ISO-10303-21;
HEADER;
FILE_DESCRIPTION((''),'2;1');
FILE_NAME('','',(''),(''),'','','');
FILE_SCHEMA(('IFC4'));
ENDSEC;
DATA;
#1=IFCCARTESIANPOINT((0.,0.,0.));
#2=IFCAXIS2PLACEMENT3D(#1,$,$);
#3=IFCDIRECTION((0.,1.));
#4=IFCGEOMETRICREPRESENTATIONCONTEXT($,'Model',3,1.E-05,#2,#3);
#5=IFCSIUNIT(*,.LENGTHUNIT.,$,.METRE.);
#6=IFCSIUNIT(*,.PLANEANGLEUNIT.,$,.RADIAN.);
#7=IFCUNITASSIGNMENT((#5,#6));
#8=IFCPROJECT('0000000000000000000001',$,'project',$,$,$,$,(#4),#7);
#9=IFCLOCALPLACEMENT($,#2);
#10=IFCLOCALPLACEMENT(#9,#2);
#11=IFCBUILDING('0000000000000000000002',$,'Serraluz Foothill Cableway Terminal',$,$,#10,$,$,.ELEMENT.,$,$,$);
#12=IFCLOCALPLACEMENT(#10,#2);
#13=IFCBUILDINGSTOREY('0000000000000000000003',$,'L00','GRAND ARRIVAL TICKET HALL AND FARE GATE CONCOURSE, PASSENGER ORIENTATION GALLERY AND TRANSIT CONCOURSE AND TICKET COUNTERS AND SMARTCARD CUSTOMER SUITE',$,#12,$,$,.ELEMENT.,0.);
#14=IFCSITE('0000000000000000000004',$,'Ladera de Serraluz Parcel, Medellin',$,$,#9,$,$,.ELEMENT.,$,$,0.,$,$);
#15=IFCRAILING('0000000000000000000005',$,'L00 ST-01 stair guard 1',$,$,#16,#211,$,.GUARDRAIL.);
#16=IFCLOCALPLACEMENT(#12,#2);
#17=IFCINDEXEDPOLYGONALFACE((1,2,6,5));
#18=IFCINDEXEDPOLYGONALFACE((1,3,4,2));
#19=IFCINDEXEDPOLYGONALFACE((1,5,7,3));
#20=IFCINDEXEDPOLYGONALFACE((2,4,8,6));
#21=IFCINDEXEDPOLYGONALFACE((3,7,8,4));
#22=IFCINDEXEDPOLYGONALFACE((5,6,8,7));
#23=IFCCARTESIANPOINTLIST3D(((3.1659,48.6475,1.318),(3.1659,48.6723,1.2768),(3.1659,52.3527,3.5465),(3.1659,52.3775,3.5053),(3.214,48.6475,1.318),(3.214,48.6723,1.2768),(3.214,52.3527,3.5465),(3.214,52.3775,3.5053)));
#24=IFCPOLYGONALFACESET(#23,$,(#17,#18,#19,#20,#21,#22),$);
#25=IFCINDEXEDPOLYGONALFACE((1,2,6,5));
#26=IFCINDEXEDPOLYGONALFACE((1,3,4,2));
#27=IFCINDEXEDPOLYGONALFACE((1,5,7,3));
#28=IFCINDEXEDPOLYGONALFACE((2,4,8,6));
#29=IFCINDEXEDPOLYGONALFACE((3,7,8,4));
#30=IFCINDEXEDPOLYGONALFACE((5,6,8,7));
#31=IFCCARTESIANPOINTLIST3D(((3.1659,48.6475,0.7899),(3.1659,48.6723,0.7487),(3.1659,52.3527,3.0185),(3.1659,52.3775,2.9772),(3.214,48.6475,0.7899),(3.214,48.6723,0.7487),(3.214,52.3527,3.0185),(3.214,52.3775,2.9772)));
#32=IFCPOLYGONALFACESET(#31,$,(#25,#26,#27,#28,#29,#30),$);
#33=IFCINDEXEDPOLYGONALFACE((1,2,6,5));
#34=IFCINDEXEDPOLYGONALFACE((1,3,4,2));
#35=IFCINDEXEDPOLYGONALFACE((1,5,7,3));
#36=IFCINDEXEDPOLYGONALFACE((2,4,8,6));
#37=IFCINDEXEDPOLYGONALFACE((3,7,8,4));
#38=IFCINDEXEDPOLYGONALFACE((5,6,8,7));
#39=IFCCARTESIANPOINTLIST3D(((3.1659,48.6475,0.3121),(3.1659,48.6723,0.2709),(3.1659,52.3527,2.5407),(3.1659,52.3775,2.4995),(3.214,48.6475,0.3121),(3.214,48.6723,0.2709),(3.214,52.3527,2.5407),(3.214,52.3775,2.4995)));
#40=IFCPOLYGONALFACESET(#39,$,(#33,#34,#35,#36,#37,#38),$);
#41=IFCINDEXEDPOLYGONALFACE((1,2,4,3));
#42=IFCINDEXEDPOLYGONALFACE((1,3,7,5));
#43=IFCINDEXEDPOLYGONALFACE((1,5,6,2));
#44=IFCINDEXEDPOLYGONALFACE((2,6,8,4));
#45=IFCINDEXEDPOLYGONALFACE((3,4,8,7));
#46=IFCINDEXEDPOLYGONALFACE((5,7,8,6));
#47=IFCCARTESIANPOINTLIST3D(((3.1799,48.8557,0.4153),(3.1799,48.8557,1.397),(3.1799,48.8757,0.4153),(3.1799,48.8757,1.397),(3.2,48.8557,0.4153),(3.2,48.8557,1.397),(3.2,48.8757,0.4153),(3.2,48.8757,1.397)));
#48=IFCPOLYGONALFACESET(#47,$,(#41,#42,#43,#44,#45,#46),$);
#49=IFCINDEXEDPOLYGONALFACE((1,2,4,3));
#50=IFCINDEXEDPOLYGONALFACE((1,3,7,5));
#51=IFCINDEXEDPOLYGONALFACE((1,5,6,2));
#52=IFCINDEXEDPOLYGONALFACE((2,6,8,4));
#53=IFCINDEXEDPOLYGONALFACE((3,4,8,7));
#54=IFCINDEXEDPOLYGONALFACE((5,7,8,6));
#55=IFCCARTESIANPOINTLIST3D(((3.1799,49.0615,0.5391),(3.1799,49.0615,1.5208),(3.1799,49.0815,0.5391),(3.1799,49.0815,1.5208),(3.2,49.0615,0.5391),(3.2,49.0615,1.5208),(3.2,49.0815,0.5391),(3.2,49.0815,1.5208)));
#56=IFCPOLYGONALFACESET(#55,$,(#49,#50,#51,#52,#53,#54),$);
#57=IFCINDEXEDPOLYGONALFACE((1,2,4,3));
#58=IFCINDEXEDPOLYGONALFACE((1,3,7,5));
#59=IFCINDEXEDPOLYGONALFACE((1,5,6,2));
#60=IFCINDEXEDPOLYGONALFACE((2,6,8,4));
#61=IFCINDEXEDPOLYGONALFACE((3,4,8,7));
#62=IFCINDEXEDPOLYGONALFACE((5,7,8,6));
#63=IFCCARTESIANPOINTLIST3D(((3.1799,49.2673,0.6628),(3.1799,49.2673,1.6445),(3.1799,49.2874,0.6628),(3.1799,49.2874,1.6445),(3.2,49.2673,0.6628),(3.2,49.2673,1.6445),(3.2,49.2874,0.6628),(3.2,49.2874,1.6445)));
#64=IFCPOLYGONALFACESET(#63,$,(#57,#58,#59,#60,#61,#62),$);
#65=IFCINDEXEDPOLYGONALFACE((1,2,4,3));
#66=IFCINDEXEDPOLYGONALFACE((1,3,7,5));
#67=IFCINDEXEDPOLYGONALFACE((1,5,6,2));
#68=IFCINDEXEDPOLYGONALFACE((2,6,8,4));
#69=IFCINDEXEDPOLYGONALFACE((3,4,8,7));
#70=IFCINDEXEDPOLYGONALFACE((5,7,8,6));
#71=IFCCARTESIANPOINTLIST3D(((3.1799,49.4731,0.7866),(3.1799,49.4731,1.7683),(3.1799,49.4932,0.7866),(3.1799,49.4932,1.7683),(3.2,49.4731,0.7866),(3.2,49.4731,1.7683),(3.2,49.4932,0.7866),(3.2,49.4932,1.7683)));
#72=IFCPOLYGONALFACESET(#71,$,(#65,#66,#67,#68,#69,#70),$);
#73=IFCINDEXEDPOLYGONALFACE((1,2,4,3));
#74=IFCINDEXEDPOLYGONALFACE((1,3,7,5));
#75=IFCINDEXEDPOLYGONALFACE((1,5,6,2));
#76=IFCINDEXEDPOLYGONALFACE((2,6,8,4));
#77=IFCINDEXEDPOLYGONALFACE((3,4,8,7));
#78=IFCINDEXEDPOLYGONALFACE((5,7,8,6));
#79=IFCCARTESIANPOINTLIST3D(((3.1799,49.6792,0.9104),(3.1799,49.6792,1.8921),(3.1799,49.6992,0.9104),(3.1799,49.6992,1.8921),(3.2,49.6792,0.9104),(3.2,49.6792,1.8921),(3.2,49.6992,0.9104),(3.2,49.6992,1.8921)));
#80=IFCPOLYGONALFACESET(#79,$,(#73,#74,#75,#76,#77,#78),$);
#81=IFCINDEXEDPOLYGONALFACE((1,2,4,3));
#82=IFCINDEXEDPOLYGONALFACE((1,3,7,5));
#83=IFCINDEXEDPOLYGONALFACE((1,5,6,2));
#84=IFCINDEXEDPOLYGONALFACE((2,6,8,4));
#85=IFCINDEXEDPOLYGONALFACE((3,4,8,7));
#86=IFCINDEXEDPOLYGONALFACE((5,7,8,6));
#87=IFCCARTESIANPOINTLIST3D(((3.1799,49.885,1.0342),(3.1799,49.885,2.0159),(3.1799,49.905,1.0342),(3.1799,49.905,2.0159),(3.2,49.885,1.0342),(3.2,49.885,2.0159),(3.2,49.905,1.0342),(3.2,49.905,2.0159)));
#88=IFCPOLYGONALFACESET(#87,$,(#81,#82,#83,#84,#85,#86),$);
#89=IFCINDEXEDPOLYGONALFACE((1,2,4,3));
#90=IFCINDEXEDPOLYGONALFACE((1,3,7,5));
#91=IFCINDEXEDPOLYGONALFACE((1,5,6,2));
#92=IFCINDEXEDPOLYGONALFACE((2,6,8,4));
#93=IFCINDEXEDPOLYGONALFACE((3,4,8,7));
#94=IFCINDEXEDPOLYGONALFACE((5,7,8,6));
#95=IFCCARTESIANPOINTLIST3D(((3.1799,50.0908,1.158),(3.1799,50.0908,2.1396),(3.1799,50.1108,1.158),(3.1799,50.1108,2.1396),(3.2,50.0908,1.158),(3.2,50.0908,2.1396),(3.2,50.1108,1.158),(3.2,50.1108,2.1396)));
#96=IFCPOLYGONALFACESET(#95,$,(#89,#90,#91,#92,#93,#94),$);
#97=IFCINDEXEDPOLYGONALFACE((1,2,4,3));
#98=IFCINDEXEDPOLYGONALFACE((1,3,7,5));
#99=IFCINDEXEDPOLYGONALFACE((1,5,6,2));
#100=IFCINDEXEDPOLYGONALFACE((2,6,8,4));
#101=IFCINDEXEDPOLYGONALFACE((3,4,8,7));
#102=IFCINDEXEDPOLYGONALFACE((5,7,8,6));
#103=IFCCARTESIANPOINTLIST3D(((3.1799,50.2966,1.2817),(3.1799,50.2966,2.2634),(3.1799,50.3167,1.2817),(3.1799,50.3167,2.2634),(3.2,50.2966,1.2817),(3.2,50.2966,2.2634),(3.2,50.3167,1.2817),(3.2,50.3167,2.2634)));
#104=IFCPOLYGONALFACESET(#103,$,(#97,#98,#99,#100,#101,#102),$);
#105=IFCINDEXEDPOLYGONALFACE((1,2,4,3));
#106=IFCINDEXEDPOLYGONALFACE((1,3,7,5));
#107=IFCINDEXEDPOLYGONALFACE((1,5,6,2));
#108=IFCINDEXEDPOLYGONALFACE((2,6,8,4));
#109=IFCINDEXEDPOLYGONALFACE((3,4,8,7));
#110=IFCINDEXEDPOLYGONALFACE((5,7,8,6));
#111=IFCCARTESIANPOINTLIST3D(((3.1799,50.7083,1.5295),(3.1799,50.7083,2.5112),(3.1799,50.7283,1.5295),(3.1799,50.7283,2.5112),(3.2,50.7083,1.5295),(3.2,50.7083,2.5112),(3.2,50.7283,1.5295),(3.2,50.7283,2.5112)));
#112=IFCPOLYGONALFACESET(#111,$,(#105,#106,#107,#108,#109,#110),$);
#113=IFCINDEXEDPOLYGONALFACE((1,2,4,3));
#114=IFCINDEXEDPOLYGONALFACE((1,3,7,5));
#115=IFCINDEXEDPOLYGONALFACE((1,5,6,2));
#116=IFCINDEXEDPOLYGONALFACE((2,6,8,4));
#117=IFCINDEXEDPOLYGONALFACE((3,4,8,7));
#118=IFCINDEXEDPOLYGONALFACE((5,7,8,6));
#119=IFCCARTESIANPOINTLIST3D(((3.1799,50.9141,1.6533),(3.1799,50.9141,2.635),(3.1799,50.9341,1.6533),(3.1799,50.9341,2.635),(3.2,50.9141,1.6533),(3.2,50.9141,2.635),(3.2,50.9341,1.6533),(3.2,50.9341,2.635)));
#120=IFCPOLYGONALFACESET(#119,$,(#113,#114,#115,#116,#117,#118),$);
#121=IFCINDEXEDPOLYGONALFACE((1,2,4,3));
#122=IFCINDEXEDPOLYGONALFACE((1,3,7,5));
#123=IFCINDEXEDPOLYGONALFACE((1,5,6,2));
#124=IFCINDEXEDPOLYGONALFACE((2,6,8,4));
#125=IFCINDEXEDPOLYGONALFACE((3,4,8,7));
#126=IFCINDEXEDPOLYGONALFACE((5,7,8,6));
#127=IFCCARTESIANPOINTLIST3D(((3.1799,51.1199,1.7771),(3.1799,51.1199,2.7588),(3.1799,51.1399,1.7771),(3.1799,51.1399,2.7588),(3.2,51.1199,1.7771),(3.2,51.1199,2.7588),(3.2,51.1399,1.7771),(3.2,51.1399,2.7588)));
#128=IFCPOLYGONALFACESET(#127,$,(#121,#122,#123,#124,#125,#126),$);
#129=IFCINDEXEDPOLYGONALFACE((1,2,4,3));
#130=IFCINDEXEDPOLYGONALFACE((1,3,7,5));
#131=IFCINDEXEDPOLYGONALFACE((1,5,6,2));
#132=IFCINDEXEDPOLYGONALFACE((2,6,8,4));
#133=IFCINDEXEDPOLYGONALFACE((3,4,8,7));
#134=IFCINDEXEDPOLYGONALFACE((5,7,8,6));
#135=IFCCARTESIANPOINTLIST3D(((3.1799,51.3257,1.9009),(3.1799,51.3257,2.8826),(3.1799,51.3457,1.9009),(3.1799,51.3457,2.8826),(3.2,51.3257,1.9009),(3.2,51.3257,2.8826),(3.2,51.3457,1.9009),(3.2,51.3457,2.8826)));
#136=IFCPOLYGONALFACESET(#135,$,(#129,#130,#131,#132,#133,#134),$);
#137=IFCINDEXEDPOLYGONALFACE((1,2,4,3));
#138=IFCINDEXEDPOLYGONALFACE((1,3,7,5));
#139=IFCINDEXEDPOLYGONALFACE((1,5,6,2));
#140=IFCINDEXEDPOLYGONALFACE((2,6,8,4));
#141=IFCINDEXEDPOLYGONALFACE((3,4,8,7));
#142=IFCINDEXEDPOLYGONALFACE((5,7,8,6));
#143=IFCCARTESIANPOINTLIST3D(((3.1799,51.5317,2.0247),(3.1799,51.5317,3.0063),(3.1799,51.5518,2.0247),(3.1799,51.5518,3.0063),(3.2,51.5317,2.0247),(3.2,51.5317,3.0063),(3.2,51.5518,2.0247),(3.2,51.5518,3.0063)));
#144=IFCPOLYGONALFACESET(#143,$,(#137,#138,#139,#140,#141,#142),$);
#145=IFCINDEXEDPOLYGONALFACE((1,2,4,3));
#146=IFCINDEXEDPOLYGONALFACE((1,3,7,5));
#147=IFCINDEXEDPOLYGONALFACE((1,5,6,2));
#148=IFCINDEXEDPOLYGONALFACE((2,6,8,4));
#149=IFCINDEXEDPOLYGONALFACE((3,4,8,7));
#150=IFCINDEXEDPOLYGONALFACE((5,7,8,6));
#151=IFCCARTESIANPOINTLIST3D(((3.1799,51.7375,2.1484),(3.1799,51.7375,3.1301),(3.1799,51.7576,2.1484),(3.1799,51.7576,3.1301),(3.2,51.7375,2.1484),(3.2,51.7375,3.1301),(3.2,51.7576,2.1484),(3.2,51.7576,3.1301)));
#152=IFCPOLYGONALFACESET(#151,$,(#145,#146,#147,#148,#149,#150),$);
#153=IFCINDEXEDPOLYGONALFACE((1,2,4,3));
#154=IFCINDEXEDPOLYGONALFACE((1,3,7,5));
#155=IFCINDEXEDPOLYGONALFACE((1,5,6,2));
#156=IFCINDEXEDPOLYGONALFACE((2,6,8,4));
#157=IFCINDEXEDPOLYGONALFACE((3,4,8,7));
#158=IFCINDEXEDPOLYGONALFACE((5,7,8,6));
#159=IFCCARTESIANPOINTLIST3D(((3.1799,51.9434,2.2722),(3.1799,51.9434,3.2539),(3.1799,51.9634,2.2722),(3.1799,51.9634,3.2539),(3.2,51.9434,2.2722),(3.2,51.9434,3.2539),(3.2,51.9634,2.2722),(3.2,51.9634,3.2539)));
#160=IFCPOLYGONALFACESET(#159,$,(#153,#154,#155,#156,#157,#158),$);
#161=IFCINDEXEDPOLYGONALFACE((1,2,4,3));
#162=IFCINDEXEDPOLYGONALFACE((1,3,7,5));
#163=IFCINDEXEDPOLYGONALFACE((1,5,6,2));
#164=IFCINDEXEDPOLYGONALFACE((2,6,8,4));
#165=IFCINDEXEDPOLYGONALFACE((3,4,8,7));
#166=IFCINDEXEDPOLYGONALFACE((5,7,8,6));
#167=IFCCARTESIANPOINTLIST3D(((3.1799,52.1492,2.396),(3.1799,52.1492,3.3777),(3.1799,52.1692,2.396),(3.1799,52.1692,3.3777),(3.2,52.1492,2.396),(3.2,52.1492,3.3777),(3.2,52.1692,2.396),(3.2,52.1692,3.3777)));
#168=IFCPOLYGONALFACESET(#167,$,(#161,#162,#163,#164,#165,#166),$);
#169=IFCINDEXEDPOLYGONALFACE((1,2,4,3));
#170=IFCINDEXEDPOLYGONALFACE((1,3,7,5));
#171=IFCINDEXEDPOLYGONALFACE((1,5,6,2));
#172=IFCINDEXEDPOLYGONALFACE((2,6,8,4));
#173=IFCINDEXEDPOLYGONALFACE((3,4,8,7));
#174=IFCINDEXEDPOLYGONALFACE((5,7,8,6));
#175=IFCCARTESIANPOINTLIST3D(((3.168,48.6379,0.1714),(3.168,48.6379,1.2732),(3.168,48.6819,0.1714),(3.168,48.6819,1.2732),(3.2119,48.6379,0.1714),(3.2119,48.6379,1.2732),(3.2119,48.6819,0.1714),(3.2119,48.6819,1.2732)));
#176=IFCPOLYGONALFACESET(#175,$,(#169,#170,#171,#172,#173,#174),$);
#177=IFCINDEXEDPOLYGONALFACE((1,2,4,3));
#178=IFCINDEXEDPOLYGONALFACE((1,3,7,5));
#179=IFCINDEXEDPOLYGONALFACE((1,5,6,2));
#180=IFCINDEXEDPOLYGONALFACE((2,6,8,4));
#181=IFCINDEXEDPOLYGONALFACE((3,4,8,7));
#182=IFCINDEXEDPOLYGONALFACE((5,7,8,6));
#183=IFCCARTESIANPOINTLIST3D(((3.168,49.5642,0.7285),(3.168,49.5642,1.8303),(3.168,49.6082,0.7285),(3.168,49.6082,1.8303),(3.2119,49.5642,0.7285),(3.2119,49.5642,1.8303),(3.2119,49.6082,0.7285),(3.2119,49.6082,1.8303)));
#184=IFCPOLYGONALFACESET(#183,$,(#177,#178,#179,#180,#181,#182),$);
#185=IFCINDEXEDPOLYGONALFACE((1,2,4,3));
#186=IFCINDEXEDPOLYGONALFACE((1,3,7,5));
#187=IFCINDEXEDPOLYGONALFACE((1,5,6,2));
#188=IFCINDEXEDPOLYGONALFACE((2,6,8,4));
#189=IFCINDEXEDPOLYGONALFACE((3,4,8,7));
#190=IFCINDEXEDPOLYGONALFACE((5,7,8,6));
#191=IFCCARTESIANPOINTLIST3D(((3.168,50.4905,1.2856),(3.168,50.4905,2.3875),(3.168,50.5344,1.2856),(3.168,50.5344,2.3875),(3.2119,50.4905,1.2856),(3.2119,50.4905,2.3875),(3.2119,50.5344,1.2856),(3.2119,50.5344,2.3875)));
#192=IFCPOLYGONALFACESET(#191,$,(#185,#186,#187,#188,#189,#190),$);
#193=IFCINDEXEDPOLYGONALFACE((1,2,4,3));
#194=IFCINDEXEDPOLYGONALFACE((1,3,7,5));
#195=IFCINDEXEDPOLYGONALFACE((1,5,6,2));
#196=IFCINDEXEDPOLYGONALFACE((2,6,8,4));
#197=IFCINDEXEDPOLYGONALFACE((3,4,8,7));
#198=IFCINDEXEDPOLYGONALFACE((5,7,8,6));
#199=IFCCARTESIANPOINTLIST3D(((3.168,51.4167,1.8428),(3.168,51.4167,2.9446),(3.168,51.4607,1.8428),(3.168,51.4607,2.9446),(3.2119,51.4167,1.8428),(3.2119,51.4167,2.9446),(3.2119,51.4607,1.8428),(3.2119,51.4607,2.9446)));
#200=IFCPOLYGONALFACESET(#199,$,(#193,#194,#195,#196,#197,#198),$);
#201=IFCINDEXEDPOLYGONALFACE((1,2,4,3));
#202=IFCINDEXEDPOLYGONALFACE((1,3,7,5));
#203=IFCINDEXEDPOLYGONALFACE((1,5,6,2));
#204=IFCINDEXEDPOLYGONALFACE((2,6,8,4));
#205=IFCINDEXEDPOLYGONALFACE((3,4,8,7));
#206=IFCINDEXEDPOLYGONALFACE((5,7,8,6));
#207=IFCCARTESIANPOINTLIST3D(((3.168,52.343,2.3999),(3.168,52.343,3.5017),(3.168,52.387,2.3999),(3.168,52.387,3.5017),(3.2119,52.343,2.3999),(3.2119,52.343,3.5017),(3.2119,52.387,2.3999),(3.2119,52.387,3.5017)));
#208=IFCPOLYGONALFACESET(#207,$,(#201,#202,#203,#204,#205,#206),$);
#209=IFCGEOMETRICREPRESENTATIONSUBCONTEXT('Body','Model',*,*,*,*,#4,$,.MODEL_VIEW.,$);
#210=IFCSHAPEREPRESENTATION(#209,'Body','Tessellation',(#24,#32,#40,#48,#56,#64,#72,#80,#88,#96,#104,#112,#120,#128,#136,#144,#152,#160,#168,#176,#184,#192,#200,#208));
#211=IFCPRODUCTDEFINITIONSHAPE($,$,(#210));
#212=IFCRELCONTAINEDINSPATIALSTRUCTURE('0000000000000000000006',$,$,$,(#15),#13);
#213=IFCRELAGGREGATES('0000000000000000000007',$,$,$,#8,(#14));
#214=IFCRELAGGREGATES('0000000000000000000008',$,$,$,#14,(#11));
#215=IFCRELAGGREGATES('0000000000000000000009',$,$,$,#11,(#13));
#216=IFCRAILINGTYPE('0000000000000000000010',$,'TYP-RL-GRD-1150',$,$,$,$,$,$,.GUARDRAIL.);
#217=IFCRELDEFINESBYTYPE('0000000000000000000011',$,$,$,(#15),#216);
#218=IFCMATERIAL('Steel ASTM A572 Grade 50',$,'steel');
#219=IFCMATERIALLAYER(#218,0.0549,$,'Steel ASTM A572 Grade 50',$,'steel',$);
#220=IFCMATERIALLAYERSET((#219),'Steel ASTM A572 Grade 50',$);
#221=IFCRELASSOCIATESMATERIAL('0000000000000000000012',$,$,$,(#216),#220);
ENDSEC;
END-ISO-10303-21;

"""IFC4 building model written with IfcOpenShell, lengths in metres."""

from ifc_helpers import new_model, si_unit, direction, frame, origin, origin_2d, place, context, subcontext, project, spatial, rectangle, extrude, material, layer, layer_set, type_object, element, save


model = new_model("IFC4")

# Units and contexts
model_context = context("Model", 3, precision=1e-05, world=origin(), true_north=direction((0.0, 1.0)))
body_context = subcontext(model_context, "Body", "Model", "MODEL_VIEW")
ifc_project = project(units=[si_unit("LENGTHUNIT", "METRE"), si_unit("PLANEANGLEUNIT", "RADIAN")], contexts=[model_context])

# Site, building, storey
site_placement = place(None, origin())
site = spatial("IfcSite", under=ifc_project, at=site_placement, Name="Ladera de Serraluz Parcel, Medellin", CompositionType="ELEMENT", RefElevation=0.0)
building_placement = place(site_placement, origin())
building = spatial("IfcBuilding", under=site, at=building_placement, Name="Serraluz Foothill Cableway Terminal", CompositionType="ELEMENT")
storey_placement = place(building_placement, origin())
storey = spatial("IfcBuildingStorey", under=building, at=storey_placement, Name="L00", Description="GRAND ARRIVAL TICKET HALL AND FARE GATE CONCOURSE, PASSENGER ORIENTATION GALLERY AND TRANSIT CONCOURSE AND TICKET COUNTERS AND SMARTCARD CUSTOMER SUITE", CompositionType="ELEMENT", Elevation=0.0)

# Railing
ifc_material_1 = material(Name="Steel ASTM A572 Grade 50", Category="steel")
ifc_layer_1 = layer(ifc_material_1, 0.0549, Name="Steel ASTM A572 Grade 50", Category="steel")
ifc_layer_set_1 = layer_set([ifc_layer_1], Name="Steel ASTM A572 Grade 50")
railing_type_1 = type_object("IfcRailingType", Name="TYP-RL-GRD-1150", PredefinedType="GUARDRAIL", material=ifc_layer_set_1)
railing_1_placement = place(storey_placement, frame((3.1899, 48.6599, 0.1714)))
element("IfcRailing", 1, at=railing_1_placement, inside=storey, type_object=railing_type_1, Name="L00 ST-01 stair guard 1", PredefinedType="GUARDRAIL", context=body_context, shape_type="SweptSolid", body=[
    extrude(rectangle(XDim=0.0481, YDim=0.0481, at=origin_2d()), frame((0.0, 0.0, 1.126), z_axis=(0.0, 0.856934, 0.515425), x_axis=(-1.0, 0.0, 0.0)), (0.0, 0.0, 1.0), 4.3237),
    extrude(rectangle(XDim=0.0481, YDim=0.0481, at=origin_2d()), frame((0.0, 0.0, 0.5979), z_axis=(0.0, 0.856934, 0.515425), x_axis=(-1.0, 0.0, 0.0)), (0.0, 0.0, 1.0), 4.3237),
    extrude(rectangle(XDim=0.0481, YDim=0.0481, at=origin_2d()), frame((0.0, 0.0, 0.1201), z_axis=(0.0, 0.856934, 0.515425), x_axis=(-1.0, 0.0, 0.0)), (0.0, 0.0, 1.0), 4.3237),
    extrude(rectangle(XDim=0.02, YDim=0.02, at=origin_2d()), frame((0.0, 0.2058, 0.2439)), (0.0, 0.0, 1.0), 0.9817),
    extrude(rectangle(XDim=0.02, YDim=0.02, at=origin_2d()), frame((0.0, 0.4116, 0.3677)), (0.0, 0.0, 1.0), 0.9817),
    extrude(rectangle(XDim=0.02, YDim=0.02, at=origin_2d()), frame((0.0, 0.6174, 0.4915)), (0.0, 0.0, 1.0), 0.9817),
    extrude(rectangle(XDim=0.02, YDim=0.02, at=origin_2d()), frame((0.0, 0.8232, 0.6152)), (0.0, 0.0, 1.0), 0.9817),
    extrude(rectangle(XDim=0.02, YDim=0.02, at=origin_2d()), frame((0.0, 1.0293, 0.739)), (0.0, 0.0, 1.0), 0.9817),
    extrude(rectangle(XDim=0.02, YDim=0.02, at=origin_2d()), frame((0.0, 1.2351, 0.8628)), (0.0, 0.0, 1.0), 0.9817),
    extrude(rectangle(XDim=0.02, YDim=0.02, at=origin_2d()), frame((0.0, 1.4409, 0.9866)), (0.0, 0.0, 1.0), 0.9817),
    extrude(rectangle(XDim=0.02, YDim=0.02, at=origin_2d()), frame((0.0, 1.6467, 1.1104)), (0.0, 0.0, 1.0), 0.9817),
    extrude(rectangle(XDim=0.02, YDim=0.02, at=origin_2d()), frame((0.0, 2.0583, 1.3582)), (0.0, 0.0, 1.0), 0.9817),
    extrude(rectangle(XDim=0.02, YDim=0.02, at=origin_2d()), frame((0.0, 2.2642, 1.4819)), (0.0, 0.0, 1.0), 0.9817),
    extrude(rectangle(XDim=0.02, YDim=0.02, at=origin_2d()), frame((0.0, 2.47, 1.6057)), (0.0, 0.0, 1.0), 0.9817),
    extrude(rectangle(XDim=0.02, YDim=0.02, at=origin_2d()), frame((0.0, 2.6758, 1.7295)), (0.0, 0.0, 1.0), 0.9817),
    extrude(rectangle(XDim=0.02, YDim=0.02, at=origin_2d()), frame((0.0, 2.8818, 1.8533)), (0.0, 0.0, 1.0), 0.9817),
    extrude(rectangle(XDim=0.02, YDim=0.02, at=origin_2d()), frame((0.0, 3.0876, 1.9771)), (0.0, 0.0, 1.0), 0.9817),
    extrude(rectangle(XDim=0.02, YDim=0.02, at=origin_2d()), frame((0.0, 3.2935, 2.1008)), (0.0, 0.0, 1.0), 0.9817),
    extrude(rectangle(XDim=0.02, YDim=0.02, at=origin_2d()), frame((0.0, 3.4993, 2.2246)), (0.0, 0.0, 1.0), 0.9817),
    extrude(rectangle(XDim=0.0439, YDim=0.0439, at=origin_2d()), origin(), (0.0, 0.0, 1.0), 1.1018),
    extrude(rectangle(XDim=0.0439, YDim=0.0439, at=origin_2d()), frame((0.0, 0.9263, 0.5571)), (0.0, 0.0, 1.0), 1.1018),
    extrude(rectangle(XDim=0.0439, YDim=0.0439, at=origin_2d()), frame((0.0, 1.8525, 1.1143)), (0.0, 0.0, 1.0), 1.1018),
    extrude(rectangle(XDim=0.0439, YDim=0.0439, at=origin_2d()), frame((0.0, 2.7788, 1.6714)), (0.0, 0.0, 1.0), 1.1018),
    extrude(rectangle(XDim=0.0439, YDim=0.0439, at=origin_2d()), frame((0.0, 3.7051, 2.2285)), (0.0, 0.0, 1.0), 1.1018),
])

save(model, "model.ifc")
